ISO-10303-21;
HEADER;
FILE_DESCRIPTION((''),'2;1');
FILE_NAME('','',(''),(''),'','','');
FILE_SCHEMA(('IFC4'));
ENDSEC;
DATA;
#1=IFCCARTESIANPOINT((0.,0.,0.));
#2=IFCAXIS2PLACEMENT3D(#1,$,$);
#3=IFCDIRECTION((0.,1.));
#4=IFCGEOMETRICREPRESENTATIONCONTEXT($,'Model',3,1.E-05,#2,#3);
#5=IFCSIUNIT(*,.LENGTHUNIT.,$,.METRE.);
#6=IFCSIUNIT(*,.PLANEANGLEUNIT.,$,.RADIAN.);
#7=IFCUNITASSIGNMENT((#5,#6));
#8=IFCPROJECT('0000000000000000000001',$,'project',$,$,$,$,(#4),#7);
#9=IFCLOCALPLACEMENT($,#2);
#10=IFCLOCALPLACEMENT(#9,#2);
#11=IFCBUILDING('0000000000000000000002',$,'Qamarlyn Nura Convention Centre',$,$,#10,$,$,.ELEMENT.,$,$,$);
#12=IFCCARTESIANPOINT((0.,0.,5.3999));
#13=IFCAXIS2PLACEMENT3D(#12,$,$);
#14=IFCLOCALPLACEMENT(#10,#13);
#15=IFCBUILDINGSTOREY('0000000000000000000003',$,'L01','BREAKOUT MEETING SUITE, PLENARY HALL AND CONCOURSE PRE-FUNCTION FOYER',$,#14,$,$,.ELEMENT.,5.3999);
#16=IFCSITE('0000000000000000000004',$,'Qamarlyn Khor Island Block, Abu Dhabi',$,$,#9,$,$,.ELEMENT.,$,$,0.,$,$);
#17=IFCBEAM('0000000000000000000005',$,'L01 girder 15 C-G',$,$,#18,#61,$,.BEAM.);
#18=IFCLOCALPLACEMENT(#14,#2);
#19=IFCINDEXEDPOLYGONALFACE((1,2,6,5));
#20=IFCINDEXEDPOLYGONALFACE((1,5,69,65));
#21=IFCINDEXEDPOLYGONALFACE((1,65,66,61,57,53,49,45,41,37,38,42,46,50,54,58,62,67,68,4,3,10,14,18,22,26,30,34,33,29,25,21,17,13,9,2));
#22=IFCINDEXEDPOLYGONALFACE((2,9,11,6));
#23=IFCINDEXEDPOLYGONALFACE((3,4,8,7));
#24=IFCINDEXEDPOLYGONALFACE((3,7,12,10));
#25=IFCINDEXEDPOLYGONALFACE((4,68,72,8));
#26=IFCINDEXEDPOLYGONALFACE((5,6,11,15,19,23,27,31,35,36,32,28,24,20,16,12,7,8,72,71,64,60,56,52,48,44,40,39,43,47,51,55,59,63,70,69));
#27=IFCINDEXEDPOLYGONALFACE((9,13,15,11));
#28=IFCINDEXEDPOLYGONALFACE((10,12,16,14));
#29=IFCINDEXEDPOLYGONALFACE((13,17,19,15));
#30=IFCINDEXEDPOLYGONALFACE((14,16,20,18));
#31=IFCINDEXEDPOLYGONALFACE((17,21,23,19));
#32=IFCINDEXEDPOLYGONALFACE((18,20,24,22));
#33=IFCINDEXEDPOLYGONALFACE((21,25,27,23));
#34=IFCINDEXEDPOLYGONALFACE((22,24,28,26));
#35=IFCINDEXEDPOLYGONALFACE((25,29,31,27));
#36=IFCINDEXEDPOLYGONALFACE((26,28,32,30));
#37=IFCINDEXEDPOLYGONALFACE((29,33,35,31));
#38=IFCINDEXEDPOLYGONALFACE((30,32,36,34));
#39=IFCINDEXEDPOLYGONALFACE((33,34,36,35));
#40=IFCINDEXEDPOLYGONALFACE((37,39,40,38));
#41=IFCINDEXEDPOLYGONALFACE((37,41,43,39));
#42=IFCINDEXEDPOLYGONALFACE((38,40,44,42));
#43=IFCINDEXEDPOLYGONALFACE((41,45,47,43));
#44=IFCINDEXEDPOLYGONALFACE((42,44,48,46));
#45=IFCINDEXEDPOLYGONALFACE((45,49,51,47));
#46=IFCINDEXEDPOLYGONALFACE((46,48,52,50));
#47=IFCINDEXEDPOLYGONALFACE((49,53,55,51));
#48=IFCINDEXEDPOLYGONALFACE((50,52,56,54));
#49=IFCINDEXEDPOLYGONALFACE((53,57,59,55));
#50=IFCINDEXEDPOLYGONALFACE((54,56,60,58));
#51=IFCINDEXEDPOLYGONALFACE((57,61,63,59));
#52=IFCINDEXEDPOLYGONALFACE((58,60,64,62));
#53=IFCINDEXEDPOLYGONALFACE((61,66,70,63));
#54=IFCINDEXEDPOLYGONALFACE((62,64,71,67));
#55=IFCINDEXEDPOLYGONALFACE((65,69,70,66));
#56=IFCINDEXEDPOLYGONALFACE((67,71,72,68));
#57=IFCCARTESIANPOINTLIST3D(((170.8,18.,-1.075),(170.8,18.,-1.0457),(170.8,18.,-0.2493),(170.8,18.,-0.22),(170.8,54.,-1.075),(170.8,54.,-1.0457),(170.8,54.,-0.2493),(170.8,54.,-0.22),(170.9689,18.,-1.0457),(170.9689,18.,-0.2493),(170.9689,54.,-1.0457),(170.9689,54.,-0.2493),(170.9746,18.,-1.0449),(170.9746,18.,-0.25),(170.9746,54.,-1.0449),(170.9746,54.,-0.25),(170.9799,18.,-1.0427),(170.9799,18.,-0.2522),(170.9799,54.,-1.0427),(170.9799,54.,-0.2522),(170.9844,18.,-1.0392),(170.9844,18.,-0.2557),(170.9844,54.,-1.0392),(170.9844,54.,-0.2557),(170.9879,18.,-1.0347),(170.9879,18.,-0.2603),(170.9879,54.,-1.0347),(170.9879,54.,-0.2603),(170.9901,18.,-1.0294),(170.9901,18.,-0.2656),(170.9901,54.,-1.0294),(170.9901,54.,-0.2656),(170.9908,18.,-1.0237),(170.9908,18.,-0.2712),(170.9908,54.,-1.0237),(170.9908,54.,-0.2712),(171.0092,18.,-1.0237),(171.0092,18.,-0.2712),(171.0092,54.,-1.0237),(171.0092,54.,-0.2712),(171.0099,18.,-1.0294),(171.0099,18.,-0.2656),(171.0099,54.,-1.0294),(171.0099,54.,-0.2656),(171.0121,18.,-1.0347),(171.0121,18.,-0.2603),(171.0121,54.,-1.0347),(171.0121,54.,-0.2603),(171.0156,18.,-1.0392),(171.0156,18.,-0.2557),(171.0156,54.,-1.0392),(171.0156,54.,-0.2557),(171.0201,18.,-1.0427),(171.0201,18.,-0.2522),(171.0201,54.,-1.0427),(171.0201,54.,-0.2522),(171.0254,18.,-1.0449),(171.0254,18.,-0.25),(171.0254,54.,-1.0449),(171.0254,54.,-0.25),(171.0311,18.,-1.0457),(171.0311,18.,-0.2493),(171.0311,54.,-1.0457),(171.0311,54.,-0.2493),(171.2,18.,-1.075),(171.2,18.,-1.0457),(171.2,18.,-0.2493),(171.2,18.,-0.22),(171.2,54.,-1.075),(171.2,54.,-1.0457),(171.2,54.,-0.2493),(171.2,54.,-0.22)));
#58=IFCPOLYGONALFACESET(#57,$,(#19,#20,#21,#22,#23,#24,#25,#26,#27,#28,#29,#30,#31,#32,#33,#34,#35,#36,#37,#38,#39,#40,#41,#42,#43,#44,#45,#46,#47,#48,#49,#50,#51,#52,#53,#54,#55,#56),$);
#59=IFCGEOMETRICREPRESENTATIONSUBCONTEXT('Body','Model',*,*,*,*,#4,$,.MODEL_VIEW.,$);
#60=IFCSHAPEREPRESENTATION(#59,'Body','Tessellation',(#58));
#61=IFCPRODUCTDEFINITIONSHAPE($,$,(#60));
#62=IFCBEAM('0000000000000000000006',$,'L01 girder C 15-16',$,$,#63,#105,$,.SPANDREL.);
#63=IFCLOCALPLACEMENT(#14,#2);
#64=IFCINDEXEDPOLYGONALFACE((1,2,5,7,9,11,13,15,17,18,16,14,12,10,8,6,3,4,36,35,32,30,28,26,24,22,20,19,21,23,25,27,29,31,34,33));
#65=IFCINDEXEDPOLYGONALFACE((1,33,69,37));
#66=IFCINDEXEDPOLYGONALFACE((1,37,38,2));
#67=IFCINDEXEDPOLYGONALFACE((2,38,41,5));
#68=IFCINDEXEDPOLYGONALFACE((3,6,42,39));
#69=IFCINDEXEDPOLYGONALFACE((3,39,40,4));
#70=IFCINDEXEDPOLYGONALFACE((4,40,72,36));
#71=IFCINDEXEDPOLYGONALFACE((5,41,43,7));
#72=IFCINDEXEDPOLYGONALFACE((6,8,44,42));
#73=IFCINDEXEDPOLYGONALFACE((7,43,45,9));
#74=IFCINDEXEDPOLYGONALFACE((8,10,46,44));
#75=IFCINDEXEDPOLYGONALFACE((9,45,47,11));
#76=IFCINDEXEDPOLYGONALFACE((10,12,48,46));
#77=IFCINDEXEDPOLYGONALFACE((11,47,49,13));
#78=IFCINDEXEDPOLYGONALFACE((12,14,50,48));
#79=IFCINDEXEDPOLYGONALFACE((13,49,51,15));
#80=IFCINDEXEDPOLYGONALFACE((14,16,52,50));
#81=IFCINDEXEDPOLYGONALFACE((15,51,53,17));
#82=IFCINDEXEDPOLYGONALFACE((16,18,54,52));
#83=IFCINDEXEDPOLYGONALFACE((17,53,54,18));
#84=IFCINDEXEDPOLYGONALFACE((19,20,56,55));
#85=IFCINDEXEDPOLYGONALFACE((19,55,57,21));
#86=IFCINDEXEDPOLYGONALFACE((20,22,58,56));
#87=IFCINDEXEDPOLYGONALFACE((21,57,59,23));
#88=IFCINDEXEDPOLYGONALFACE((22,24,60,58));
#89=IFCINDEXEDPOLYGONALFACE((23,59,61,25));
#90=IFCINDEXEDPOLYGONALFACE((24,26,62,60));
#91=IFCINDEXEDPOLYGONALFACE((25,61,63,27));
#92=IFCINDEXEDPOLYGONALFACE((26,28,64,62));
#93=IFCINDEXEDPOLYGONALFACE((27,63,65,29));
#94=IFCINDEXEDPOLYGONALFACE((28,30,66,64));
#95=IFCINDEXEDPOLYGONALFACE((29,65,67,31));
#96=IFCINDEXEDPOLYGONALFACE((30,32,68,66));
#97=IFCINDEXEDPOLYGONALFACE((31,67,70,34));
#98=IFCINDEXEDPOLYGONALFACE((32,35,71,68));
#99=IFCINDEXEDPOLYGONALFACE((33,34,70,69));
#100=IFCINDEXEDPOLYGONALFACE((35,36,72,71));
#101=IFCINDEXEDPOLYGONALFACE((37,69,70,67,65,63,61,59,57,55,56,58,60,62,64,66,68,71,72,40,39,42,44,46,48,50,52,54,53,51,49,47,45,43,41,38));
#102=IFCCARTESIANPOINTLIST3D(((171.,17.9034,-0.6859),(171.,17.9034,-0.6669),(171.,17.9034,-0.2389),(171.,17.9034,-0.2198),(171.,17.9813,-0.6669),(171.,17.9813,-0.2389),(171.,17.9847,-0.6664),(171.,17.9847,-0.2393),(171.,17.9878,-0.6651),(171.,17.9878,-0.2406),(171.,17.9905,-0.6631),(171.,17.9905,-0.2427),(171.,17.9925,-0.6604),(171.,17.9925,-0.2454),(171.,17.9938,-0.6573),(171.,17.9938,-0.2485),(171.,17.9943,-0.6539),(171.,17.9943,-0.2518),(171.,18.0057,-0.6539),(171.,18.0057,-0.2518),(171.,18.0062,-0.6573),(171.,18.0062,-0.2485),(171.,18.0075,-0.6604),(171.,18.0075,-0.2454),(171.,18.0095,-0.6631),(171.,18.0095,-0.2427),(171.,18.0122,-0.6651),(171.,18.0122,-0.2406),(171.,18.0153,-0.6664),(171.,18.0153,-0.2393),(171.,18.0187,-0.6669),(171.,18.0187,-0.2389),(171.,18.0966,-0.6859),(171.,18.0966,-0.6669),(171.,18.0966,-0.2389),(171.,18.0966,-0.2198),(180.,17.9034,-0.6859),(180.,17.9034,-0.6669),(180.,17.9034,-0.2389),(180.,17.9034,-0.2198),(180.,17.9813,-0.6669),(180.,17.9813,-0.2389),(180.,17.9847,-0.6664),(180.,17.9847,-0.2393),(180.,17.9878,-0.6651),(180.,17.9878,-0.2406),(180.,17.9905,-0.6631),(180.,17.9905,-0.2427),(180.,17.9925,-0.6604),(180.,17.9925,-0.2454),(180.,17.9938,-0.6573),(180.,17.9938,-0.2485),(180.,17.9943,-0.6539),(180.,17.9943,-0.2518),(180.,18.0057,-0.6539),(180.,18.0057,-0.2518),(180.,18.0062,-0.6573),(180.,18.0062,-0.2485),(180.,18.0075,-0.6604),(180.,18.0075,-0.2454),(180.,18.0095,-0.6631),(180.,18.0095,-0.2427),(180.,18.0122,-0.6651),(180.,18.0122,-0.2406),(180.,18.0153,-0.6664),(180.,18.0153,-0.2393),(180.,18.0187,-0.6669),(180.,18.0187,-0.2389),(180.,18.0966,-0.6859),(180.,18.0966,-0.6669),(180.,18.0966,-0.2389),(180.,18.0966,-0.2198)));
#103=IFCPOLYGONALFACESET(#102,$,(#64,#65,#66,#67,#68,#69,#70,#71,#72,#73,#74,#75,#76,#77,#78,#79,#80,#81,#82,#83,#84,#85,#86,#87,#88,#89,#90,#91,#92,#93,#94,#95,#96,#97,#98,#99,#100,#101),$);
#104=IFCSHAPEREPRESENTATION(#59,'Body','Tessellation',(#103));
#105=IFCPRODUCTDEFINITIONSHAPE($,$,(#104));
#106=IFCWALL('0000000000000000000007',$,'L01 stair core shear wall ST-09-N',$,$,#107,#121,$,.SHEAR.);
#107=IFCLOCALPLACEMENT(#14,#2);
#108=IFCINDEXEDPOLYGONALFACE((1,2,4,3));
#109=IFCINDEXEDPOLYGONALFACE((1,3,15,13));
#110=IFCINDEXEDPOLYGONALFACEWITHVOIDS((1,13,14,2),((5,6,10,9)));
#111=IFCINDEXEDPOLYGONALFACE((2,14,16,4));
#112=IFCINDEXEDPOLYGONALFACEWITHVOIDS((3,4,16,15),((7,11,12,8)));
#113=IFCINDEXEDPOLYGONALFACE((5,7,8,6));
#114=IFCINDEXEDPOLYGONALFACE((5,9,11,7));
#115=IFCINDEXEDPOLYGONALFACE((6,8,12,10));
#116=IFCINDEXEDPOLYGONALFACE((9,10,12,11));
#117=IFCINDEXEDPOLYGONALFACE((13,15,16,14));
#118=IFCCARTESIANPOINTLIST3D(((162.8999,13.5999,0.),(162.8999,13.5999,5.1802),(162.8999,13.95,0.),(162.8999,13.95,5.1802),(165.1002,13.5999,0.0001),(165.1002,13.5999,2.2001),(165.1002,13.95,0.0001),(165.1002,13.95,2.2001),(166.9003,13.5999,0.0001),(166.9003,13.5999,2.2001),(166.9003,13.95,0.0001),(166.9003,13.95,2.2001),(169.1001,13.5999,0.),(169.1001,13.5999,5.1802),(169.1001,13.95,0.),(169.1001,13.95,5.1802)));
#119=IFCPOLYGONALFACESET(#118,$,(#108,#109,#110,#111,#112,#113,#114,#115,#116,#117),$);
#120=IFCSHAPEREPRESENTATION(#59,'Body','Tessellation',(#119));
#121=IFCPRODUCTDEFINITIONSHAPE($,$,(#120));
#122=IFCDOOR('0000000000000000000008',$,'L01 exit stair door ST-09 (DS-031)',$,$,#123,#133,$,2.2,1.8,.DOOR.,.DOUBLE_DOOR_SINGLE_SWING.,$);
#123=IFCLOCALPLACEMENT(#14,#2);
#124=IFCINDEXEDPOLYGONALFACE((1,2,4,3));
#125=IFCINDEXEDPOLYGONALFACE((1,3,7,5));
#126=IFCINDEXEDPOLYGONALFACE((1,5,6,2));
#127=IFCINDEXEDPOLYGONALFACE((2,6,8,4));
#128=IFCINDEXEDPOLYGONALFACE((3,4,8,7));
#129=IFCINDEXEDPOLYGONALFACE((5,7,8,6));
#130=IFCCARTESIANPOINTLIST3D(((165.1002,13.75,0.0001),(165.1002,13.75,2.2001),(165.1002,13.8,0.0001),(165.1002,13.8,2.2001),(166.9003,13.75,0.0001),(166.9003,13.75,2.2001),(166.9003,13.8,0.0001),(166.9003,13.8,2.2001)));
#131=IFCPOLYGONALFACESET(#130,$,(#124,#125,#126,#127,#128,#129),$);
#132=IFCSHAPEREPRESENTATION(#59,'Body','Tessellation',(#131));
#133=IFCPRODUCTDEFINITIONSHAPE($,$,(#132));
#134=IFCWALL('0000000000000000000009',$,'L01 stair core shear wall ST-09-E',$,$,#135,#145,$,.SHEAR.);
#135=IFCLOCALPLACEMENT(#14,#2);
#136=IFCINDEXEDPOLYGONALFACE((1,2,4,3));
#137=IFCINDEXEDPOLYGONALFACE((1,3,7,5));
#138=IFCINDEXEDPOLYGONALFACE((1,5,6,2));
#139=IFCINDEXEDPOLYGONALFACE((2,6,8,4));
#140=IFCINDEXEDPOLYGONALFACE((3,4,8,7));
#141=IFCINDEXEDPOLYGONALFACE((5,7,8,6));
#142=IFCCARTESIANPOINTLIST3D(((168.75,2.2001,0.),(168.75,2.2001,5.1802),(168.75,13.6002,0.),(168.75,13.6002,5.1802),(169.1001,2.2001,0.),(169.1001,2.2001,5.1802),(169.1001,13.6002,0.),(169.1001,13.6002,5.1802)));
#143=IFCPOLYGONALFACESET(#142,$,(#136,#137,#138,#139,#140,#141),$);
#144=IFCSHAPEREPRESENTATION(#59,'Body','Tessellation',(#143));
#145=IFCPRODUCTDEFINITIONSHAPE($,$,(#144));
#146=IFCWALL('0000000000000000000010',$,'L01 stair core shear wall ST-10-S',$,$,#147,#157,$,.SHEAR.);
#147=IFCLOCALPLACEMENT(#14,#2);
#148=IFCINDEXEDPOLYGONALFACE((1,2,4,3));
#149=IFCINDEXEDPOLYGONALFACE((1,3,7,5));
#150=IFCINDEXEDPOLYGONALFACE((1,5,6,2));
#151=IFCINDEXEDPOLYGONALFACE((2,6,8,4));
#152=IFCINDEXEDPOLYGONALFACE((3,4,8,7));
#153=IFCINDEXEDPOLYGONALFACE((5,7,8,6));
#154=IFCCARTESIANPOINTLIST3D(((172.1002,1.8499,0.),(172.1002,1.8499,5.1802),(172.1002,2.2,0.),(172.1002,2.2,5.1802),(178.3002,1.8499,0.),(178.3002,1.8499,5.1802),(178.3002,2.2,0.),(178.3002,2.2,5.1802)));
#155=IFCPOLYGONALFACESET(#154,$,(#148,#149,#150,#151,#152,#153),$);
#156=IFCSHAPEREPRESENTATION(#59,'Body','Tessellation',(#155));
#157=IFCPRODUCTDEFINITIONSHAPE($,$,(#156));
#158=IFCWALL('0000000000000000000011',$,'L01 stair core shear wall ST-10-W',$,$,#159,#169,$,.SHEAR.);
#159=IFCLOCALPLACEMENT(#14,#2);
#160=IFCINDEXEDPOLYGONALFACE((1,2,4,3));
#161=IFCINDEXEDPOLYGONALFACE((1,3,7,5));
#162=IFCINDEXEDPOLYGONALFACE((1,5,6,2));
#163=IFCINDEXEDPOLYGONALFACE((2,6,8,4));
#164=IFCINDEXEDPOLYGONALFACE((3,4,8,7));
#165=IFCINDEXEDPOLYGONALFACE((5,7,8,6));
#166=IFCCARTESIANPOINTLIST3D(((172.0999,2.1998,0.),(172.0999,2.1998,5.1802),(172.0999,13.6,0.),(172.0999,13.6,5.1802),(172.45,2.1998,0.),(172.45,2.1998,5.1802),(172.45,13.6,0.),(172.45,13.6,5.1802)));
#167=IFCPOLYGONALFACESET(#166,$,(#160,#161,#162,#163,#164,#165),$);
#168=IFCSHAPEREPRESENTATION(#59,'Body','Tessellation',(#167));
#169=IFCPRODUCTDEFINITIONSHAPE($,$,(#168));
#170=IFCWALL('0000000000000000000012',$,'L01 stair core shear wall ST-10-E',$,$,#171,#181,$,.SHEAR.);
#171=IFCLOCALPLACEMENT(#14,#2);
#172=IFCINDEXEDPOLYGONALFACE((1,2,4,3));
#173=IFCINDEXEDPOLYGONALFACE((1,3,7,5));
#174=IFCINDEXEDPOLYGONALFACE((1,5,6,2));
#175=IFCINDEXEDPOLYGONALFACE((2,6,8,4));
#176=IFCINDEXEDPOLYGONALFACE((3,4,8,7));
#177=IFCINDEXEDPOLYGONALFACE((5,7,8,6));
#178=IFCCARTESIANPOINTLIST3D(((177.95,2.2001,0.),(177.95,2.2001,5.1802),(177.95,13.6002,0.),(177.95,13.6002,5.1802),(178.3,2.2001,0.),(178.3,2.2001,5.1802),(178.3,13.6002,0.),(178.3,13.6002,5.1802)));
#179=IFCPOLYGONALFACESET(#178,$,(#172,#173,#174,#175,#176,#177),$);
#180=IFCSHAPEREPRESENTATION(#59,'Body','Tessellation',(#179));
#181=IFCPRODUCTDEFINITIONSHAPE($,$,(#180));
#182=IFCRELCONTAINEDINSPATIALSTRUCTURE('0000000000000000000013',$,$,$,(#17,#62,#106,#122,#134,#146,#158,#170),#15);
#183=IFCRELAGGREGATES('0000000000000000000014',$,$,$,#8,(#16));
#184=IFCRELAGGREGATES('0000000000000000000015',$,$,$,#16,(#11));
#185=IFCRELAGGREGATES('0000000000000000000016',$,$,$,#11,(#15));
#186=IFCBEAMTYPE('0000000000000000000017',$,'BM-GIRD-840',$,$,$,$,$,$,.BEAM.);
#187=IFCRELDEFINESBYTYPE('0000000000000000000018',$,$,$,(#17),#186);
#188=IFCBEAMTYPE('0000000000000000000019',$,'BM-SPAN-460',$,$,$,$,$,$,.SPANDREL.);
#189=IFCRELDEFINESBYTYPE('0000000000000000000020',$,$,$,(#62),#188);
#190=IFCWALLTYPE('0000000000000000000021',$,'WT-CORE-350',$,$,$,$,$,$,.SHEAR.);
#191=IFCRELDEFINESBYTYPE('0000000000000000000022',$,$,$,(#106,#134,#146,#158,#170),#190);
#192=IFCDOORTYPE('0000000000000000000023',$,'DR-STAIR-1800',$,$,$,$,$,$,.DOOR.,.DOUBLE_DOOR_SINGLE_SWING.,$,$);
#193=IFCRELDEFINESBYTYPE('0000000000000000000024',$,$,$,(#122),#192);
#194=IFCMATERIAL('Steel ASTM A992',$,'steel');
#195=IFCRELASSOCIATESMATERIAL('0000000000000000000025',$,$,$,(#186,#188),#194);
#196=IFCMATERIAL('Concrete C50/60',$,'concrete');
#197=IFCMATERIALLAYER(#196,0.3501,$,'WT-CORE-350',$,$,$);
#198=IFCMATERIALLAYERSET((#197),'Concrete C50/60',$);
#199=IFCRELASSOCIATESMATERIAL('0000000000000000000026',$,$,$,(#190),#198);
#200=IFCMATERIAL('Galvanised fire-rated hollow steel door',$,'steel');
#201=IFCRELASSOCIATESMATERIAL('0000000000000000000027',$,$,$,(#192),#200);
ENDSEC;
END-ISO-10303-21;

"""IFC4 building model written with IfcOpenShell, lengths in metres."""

from ifc_helpers import new_model, si_unit, direction, frame, frame_2d, origin, origin_2d, place, context, subcontext, project, spatial, rectangle, i_section, extrude, material, layer, layer_set, material_profile, profile_set, type_object, element, fill, save


model = new_model("IFC4")

# Units and contexts
model_context = context("Model", 3, precision=1e-05, world=origin(), true_north=direction((0.0, 1.0)))
body_context = subcontext(model_context, "Body", "Model", "MODEL_VIEW")
ifc_project = project(units=[si_unit("LENGTHUNIT", "METRE"), si_unit("PLANEANGLEUNIT", "RADIAN")], contexts=[model_context])

# Site, building, storey
site_placement = place(None, origin())
site = spatial("IfcSite", under=ifc_project, at=site_placement, Name="Qamarlyn Khor Island Block, Abu Dhabi", CompositionType="ELEMENT", RefElevation=0.0)
building_placement = place(site_placement, origin())
building = spatial("IfcBuilding", under=site, at=building_placement, Name="Qamarlyn Nura Convention Centre", CompositionType="ELEMENT")
storey_placement = place(building_placement, frame((0.0, 0.0, 5.3999)))
storey = spatial("IfcBuildingStorey", under=building, at=storey_placement, Name="L01", Description="BREAKOUT MEETING SUITE, PLENARY HALL AND CONCOURSE PRE-FUNCTION FOYER", CompositionType="ELEMENT", Elevation=5.3999)

# Shared definitions
ifc_material_1 = material(Name="Steel ASTM A992", Category="steel")

# Beams
ifc_material_profile_1 = material_profile(ifc_material_1, i_section(OverallWidth=0.3999, OverallDepth=0.855, WebThickness=0.0183, FlangeThickness=0.0293, FilletRadius=0.022, at=origin_2d()), Name="W840X299")
ifc_profile_set_1 = profile_set([ifc_material_profile_1], Name="Steel ASTM A992")
beam_type_1 = type_object("IfcBeamType", Name="BM-GIRD-840", PredefinedType="BEAM", material=ifc_profile_set_1)
beam_1_placement = place(storey_placement, frame((171.0, 18.0, -0.6475), z_axis=(0.0, 1.0, 0.0), x_axis=(-1.0, 0.0, 0.0)))
element("IfcBeam", 1, at=beam_1_placement, inside=storey, type_object=beam_type_1, Name="L01 girder 15 C-G", PredefinedType="BEAM", context=body_context, shape_type="SweptSolid", body=[
    extrude(i_section(OverallWidth=0.3999, OverallDepth=0.855, WebThickness=0.0183, FlangeThickness=0.0293, FilletRadius=0.022, at=origin_2d()), origin(), (0.0, 0.0, 1.0), 36.0),
])
ifc_material_profile_2 = material_profile(ifc_material_1, i_section(OverallWidth=0.1931, OverallDepth=0.4661, WebThickness=0.0115, FlangeThickness=0.019, FilletRadius=0.0129, at=origin_2d()), Name="W460X97")
ifc_profile_set_2 = profile_set([ifc_material_profile_2], Name="Steel ASTM A992")
beam_type_2 = type_object("IfcBeamType", Name="BM-SPAN-460", PredefinedType="SPANDREL", material=ifc_profile_set_2)
beam_2_placement = place(storey_placement, frame((171.0, 18.0, -0.4529), z_axis=(1.0, 0.0, 0.0), x_axis=(0.0, 1.0, 0.0)))
element("IfcBeam", 2, at=beam_2_placement, inside=storey, type_object=beam_type_2, Name="L01 girder C 15-16", PredefinedType="SPANDREL", context=body_context, shape_type="SweptSolid", body=[
    extrude(i_section(OverallWidth=0.1931, OverallDepth=0.4661, WebThickness=0.0115, FlangeThickness=0.019, FilletRadius=0.0129, at=origin_2d()), origin(), (0.0, 0.0, 1.0), 9.0),
])

# Wall, opening, door
ifc_material_2 = material(Name="Concrete C50/60", Category="concrete")
ifc_layer = layer(ifc_material_2, 0.3501, Name="WT-CORE-350")
ifc_layer_set = layer_set([ifc_layer], Name="Concrete C50/60")
wall_type = type_object("IfcWallType", Name="WT-CORE-350", PredefinedType="SHEAR", material=ifc_layer_set)
wall_1_placement = place(storey_placement, frame((169.1001, 13.7749, 0.0), z_axis=(0.0, 0.0, 1.0), x_axis=(-1.0, 0.0, 0.0)))
wall_1 = element("IfcWall", 3, at=wall_1_placement, inside=storey, type_object=wall_type, Name="L01 stair core shear wall ST-09-N", PredefinedType="SHEAR", context=body_context, shape_type="SweptSolid", body=[
    extrude(rectangle(XDim=6.2002, YDim=0.3501, at=frame_2d((3.1001, 0.0))), origin(), (0.0, 0.0, 1.0), 5.1802),
])
opening_placement = place(wall_1_placement, frame((2.2, 0.0, 0.0)))
opening = element("IfcOpeningElement", 4, at=opening_placement, cuts=wall_1, PredefinedType="OPENING", context=body_context, shape_type="SweptSolid", body=[
    extrude(rectangle(XDim=1.8, YDim=2.2, at=frame_2d((0.8999, 1.1001))), frame((0.0, 0.1851, 0.0), z_axis=(0.0, -1.0, 0.0), x_axis=(1.0, 0.0, 0.0)), (0.0, 0.0, 1.0), 0.3701),
])
ifc_material_3 = material(Name="Galvanised fire-rated hollow steel door", Category="steel")
door_type = type_object("IfcDoorType", Name="DR-STAIR-1800", OperationType="DOUBLE_DOOR_SINGLE_SWING", PredefinedType="DOOR", material=ifc_material_3)
door_placement = place(opening_placement, origin())
door = element("IfcDoor", 5, at=door_placement, inside=storey, type_object=door_type, Name="L01 exit stair door ST-09 (DS-031)", OperationType="DOUBLE_DOOR_SINGLE_SWING", OverallHeight=2.2, OverallWidth=1.8, PredefinedType="DOOR", context=body_context, shape_type="SweptSolid", body=[
    extrude(rectangle(XDim=1.8, YDim=2.2, at=frame_2d((0.8999, 1.1001))), frame((0.0, 0.0249, 0.0), z_axis=(0.0, -1.0, 0.0), x_axis=(1.0, 0.0, 0.0)), (0.0, 0.0, 1.0), 0.05),
])
fill(opening, door)

# Walls
wall_2_placement = place(storey_placement, frame((168.925, 2.2, 0.0), z_axis=(0.0, 0.0, 1.0), x_axis=(0.0, 1.0, 0.0)))
element("IfcWall", 6, at=wall_2_placement, inside=storey, type_object=wall_type, Name="L01 stair core shear wall ST-09-E", PredefinedType="SHEAR", context=body_context, shape_type="SweptSolid", body=[
    extrude(rectangle(XDim=11.4001, YDim=0.3501, at=frame_2d((5.7002, 0.0))), origin(), (0.0, 0.0, 1.0), 5.1802),
])
wall_3_placement = place(storey_placement, frame((172.1001, 2.0249, 0.0), z_axis=(0.0, 0.0, 1.0), x_axis=(1.0, 0.0, 0.0)))
element("IfcWall", 7, at=wall_3_placement, inside=storey, type_object=wall_type, Name="L01 stair core shear wall ST-10-S", PredefinedType="SHEAR", context=body_context, shape_type="SweptSolid", body=[
    extrude(rectangle(XDim=6.2, YDim=0.3501, at=frame_2d((3.1001, 0.0))), origin(), (0.0, 0.0, 1.0), 5.1802),
])
for number, where, z_axis, x_axis, name in (
    (8, (172.2749, 13.6001, 0.0), (0.0, 0.0, 1.0), (0.0, -1.0, 0.0), "L01 stair core shear wall ST-10-W"),
    (9, (178.125, 2.2, 0.0), (0.0, 0.0, 1.0), (0.0, 1.0, 0.0), "L01 stair core shear wall ST-10-E"),
):
    element("IfcWall", number, at=place(storey_placement, frame(where, z_axis=z_axis, x_axis=x_axis)), inside=storey, type_object=wall_type, Name=name, PredefinedType="SHEAR", context=body_context, shape_type="SweptSolid", body=[
        extrude(rectangle(XDim=11.4001, YDim=0.3501, at=frame_2d((5.7002, 0.0))), origin(), (0.0, 0.0, 1.0), 5.1802),
    ])

save(model, "model.ifc")
